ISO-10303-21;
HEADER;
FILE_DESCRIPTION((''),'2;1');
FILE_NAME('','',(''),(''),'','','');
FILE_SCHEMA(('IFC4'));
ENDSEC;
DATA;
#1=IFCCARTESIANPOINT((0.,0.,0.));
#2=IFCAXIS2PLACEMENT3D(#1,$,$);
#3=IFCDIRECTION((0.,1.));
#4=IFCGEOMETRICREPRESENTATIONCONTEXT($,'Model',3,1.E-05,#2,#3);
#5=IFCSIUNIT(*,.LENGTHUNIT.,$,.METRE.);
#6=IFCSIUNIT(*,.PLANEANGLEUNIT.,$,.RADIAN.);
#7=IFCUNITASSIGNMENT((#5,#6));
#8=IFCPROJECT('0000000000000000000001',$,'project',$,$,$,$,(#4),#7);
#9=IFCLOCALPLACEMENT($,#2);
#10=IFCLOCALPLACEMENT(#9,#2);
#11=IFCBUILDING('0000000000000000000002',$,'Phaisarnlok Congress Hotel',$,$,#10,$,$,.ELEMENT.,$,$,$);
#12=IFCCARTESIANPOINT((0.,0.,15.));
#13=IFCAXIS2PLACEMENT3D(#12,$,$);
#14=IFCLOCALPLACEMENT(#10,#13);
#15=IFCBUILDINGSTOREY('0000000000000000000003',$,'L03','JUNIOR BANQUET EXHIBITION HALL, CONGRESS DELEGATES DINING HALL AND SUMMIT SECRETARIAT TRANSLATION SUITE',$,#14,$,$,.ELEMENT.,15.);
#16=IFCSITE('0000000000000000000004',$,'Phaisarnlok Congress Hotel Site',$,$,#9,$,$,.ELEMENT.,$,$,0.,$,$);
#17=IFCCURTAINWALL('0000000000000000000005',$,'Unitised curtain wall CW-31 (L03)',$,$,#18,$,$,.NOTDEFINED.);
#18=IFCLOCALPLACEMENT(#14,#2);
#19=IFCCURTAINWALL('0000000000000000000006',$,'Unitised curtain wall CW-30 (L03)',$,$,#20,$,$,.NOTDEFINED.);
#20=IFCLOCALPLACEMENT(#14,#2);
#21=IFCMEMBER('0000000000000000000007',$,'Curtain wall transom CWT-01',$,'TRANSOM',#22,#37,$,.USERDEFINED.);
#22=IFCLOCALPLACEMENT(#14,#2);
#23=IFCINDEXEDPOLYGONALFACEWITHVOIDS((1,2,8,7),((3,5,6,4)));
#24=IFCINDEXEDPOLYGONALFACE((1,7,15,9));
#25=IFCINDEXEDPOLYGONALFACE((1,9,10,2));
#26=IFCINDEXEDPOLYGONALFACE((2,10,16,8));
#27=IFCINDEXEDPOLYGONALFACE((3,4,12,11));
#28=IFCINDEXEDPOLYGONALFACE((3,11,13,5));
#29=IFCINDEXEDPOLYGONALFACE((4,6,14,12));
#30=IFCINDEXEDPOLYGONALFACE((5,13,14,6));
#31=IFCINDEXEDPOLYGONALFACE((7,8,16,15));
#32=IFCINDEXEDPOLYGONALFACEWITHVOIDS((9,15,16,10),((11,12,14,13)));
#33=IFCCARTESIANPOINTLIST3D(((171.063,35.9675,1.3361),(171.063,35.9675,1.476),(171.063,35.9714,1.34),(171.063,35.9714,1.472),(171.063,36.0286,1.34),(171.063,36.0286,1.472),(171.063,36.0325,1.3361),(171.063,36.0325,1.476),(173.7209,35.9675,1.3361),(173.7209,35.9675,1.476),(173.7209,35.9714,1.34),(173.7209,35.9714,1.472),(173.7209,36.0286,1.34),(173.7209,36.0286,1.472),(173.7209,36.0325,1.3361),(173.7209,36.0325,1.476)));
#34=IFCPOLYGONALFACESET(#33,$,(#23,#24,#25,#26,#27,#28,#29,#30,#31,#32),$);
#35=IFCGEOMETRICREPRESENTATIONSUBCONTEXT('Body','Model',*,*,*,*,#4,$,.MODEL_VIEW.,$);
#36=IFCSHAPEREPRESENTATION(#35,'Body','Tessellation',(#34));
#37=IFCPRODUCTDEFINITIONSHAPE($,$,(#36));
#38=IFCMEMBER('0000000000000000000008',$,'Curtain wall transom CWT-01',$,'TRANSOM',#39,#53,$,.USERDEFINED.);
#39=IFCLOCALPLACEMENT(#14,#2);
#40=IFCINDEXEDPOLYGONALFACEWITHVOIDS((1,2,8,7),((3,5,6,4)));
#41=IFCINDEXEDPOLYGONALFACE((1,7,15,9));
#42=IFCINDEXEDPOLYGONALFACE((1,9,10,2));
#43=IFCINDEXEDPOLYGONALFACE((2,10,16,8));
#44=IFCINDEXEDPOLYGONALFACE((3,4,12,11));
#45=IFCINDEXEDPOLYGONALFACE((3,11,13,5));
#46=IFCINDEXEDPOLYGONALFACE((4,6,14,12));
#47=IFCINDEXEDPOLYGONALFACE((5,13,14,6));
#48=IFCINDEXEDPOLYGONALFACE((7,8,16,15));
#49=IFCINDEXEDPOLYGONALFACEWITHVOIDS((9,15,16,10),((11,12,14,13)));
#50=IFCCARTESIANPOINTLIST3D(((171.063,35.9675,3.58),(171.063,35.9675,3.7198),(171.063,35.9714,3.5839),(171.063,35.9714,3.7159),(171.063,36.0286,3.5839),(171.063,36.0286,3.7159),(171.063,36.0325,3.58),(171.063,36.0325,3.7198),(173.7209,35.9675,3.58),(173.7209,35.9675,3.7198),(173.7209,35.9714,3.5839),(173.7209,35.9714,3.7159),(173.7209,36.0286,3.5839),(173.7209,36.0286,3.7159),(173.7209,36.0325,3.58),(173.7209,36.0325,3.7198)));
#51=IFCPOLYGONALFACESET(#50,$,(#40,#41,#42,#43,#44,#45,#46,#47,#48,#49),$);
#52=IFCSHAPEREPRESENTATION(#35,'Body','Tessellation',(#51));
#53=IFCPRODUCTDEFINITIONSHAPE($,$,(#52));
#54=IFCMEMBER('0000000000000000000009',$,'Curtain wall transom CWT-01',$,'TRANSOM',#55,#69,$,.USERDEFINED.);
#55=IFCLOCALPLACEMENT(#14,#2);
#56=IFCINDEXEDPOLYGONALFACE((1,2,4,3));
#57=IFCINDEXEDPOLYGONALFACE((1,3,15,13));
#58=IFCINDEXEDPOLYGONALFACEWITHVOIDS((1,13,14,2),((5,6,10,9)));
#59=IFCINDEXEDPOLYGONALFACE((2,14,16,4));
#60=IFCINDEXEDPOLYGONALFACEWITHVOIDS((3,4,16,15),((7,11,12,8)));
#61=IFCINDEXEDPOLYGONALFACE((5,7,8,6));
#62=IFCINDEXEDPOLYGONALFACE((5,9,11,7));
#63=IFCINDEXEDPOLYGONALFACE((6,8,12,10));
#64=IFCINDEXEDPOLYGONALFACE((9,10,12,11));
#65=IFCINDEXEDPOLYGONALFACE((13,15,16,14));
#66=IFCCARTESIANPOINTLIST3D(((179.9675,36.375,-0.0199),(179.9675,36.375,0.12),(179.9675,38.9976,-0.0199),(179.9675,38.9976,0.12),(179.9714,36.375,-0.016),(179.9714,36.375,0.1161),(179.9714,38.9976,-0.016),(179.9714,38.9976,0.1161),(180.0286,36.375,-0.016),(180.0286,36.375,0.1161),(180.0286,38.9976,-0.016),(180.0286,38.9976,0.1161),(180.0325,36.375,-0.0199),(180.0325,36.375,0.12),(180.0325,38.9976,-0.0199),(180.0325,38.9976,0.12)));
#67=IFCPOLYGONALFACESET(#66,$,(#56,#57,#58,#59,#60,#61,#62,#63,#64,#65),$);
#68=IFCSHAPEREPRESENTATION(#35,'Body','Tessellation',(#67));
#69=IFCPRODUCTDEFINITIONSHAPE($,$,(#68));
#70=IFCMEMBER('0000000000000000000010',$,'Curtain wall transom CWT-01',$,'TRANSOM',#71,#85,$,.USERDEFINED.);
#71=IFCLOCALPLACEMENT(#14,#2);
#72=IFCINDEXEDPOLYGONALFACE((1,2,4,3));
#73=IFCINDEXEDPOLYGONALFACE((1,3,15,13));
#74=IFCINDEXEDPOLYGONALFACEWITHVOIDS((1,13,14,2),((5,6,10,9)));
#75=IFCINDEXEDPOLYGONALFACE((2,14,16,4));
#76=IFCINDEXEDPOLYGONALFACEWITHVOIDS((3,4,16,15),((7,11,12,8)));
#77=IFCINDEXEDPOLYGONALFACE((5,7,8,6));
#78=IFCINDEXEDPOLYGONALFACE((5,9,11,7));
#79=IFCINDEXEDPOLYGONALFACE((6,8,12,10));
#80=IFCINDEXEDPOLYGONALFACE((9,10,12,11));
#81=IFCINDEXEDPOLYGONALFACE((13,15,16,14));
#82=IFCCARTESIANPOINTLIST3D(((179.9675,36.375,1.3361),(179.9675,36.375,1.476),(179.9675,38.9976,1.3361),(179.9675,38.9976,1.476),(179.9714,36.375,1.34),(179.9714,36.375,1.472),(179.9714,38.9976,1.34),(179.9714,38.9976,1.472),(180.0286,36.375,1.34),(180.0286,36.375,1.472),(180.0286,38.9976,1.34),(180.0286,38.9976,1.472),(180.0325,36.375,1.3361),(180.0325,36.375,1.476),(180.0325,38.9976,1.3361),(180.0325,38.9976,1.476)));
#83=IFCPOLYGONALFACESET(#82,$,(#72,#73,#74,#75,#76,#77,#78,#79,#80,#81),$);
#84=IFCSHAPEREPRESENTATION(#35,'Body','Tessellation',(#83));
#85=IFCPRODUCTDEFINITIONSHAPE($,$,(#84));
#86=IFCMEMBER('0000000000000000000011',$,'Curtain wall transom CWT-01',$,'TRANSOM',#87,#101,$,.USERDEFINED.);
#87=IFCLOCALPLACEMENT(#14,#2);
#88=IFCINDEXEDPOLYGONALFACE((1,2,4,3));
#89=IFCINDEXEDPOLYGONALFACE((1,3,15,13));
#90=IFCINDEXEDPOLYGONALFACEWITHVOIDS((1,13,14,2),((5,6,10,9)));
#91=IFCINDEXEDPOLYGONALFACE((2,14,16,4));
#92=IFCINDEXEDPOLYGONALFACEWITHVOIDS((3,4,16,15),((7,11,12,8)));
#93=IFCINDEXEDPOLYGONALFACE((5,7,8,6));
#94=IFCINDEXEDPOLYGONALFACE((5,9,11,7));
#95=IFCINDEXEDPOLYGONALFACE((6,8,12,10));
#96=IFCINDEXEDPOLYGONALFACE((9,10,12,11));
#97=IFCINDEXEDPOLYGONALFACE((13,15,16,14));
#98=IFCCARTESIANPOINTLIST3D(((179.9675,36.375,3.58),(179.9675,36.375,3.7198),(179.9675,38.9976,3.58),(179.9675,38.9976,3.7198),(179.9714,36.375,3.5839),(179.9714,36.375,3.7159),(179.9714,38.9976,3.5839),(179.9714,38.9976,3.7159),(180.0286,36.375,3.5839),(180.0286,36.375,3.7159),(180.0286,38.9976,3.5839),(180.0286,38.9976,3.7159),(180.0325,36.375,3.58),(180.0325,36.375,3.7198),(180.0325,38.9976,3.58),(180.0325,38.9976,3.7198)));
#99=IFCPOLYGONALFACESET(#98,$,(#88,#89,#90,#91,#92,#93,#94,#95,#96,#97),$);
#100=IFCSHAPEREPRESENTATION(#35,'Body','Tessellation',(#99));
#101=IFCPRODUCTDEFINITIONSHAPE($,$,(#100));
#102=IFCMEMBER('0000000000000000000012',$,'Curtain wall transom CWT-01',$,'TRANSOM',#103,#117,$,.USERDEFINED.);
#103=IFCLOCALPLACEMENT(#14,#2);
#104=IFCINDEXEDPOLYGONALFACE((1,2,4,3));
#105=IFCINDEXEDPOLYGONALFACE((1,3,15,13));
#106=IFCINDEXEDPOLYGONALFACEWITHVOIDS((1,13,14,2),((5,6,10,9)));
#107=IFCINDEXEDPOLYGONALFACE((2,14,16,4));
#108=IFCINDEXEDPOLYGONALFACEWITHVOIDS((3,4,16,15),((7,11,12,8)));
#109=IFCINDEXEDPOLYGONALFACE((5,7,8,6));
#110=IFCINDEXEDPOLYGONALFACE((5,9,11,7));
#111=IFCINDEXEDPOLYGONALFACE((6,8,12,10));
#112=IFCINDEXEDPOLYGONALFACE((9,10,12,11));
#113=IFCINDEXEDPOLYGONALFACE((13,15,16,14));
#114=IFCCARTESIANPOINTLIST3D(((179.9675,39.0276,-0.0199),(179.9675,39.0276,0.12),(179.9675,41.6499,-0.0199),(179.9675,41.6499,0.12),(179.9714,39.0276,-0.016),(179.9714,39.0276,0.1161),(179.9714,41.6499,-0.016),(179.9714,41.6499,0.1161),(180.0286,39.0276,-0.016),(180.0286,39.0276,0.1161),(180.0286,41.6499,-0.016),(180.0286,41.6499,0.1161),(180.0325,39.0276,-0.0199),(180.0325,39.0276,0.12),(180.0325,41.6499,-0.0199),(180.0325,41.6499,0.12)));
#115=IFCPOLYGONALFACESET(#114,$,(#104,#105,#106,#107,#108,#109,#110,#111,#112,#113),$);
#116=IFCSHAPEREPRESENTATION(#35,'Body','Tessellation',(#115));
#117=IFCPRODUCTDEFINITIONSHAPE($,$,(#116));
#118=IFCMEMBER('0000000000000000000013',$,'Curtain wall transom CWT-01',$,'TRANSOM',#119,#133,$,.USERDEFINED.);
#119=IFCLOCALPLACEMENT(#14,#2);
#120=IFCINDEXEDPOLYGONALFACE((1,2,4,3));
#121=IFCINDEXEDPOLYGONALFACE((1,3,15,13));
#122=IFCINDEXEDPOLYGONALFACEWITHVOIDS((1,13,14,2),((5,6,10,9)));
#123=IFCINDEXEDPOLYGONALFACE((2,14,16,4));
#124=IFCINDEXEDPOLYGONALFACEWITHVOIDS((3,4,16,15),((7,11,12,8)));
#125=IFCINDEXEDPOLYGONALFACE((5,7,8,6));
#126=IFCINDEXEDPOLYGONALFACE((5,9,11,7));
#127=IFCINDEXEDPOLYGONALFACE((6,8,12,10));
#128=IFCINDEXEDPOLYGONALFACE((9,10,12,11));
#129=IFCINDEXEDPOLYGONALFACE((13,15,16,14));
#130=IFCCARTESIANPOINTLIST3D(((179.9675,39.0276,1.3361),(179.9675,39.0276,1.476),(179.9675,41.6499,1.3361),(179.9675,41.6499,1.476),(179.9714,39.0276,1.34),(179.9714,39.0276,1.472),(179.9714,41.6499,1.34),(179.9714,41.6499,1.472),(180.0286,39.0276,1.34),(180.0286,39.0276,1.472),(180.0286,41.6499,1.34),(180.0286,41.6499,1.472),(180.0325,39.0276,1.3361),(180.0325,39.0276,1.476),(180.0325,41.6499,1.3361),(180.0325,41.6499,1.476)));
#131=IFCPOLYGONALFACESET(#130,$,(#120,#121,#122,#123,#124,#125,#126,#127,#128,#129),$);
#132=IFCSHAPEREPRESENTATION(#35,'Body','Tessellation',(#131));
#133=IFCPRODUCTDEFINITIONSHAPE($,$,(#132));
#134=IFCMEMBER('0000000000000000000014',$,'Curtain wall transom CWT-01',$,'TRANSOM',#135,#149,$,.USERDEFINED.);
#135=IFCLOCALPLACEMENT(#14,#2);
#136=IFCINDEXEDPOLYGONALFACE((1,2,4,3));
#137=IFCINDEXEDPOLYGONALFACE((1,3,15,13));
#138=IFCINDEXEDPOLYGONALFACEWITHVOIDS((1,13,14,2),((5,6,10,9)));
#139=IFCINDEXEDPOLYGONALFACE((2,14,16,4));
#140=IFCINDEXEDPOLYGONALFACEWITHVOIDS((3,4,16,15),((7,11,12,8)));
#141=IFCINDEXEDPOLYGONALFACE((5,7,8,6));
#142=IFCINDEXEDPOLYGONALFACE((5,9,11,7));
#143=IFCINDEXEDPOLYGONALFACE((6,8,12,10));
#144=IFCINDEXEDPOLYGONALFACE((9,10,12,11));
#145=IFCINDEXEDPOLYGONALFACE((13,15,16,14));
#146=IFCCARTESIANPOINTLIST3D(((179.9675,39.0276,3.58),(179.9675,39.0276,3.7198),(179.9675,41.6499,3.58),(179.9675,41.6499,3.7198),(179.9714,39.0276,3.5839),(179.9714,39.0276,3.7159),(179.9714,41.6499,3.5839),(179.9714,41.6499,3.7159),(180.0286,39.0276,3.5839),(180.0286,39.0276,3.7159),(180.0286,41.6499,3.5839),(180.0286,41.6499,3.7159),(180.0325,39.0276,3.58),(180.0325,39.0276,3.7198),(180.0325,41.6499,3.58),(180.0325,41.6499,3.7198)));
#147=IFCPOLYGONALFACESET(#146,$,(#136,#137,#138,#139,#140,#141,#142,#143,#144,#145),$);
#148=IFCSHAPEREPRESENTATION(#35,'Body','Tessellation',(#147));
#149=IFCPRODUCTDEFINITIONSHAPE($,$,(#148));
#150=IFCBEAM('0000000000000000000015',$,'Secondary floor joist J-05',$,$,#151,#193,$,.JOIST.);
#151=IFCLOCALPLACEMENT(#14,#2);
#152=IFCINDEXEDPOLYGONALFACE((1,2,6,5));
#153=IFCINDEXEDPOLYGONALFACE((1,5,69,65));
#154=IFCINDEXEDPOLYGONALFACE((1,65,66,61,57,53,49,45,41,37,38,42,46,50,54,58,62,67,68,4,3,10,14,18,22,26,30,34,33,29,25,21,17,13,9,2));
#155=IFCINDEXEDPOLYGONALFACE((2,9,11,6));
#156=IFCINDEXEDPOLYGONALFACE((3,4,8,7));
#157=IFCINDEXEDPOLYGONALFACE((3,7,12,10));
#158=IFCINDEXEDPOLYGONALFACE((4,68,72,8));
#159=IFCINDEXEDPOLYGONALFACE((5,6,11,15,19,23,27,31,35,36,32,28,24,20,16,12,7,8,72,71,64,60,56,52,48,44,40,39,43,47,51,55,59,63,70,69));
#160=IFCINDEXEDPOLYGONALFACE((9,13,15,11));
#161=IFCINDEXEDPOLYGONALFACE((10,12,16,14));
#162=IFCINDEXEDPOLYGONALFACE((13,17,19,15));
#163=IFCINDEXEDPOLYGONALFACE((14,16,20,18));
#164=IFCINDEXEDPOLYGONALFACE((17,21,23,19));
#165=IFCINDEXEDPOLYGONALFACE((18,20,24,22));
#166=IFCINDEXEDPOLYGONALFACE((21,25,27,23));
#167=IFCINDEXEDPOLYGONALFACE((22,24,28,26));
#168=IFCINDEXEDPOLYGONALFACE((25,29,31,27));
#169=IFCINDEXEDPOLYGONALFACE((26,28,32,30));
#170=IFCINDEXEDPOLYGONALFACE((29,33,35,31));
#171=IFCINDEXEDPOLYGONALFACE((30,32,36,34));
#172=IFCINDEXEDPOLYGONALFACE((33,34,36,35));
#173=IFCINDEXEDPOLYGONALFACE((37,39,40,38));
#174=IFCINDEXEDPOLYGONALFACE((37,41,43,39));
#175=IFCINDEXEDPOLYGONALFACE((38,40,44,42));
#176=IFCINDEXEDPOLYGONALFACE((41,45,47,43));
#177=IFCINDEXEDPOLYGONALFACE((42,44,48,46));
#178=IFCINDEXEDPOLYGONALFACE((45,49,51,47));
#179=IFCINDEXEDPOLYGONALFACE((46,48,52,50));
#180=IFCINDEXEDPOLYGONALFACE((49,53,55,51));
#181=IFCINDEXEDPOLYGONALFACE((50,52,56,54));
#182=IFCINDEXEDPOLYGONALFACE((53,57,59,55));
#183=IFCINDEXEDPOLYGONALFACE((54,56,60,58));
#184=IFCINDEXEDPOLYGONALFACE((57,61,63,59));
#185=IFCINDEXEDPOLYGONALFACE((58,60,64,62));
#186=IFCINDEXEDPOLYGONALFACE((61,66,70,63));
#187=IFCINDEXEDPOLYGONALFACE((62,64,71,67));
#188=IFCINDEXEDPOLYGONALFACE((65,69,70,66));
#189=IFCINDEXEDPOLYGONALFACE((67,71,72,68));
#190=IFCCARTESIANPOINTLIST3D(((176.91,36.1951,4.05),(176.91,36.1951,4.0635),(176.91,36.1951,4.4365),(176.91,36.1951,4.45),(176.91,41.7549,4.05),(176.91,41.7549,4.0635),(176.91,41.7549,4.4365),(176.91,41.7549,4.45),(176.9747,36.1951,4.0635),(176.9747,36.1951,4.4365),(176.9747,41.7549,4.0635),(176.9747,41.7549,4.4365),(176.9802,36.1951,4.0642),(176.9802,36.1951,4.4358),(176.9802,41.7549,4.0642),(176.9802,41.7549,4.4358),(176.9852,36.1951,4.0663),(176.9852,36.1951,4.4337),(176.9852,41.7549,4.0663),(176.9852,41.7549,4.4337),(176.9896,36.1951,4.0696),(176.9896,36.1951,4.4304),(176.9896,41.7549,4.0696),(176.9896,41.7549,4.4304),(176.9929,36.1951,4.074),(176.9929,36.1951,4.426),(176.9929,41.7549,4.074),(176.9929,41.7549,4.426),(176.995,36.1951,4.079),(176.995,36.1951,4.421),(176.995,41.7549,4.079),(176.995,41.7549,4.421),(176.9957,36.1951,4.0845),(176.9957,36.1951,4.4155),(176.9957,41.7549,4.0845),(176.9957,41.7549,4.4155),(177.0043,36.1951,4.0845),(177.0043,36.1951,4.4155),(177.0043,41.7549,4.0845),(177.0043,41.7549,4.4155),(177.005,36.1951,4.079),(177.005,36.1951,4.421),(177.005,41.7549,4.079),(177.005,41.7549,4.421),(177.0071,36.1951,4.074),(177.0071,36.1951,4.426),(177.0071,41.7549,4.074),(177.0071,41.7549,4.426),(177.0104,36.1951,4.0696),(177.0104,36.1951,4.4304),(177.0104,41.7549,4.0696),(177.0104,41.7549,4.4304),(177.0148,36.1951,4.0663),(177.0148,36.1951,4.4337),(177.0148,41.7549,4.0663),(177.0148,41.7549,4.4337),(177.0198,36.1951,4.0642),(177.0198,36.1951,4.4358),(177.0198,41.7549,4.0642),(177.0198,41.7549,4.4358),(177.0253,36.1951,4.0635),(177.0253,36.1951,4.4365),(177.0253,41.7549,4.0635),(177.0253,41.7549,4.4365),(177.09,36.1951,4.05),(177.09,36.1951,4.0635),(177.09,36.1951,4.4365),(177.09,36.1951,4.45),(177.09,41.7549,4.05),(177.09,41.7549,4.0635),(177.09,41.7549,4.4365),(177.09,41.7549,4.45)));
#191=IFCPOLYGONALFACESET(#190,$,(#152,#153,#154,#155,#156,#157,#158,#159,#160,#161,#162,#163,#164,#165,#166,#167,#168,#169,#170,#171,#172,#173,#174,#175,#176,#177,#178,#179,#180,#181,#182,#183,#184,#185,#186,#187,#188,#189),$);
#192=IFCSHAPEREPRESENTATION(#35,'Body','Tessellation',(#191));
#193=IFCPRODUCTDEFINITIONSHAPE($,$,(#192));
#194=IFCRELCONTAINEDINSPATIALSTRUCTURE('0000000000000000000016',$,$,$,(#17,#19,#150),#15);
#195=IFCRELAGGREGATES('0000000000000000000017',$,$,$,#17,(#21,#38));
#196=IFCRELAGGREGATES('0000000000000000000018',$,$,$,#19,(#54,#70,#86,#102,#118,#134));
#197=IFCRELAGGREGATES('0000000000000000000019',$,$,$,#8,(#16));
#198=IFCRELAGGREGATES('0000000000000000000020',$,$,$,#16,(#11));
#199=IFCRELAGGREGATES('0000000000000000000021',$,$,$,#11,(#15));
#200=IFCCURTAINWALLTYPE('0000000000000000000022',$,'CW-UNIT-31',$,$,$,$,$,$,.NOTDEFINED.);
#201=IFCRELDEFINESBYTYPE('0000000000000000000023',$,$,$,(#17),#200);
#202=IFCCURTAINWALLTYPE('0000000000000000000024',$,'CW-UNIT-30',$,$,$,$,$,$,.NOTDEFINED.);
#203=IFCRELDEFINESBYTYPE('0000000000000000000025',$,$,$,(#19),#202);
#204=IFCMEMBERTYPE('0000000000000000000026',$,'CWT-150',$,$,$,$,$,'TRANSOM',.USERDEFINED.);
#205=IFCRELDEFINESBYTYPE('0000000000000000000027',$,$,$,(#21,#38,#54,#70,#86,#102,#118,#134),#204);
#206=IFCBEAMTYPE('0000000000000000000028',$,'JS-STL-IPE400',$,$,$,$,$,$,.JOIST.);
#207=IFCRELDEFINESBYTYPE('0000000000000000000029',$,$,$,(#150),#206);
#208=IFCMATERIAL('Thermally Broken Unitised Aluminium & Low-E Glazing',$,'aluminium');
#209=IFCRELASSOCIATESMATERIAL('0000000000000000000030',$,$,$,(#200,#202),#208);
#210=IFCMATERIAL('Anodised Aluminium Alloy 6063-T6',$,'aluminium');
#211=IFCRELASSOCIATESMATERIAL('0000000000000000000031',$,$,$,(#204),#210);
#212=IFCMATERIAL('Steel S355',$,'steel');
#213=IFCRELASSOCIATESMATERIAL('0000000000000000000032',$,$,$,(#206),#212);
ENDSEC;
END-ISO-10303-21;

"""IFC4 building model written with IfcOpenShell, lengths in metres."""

from ifc_helpers import new_model, si_unit, direction, frame, origin, origin_2d, place, context, subcontext, project, spatial, hollow_rectangle, i_section, extrude, material, material_profile, profile_set, type_object, element, aggregate, save


model = new_model("IFC4")

# Units and contexts
model_context = context("Model", 3, precision=1e-05, world=origin(), true_north=direction((0.0, 1.0)))
body_context = subcontext(model_context, "Body", "Model", "MODEL_VIEW")
ifc_project = project(units=[si_unit("LENGTHUNIT", "METRE"), si_unit("PLANEANGLEUNIT", "RADIAN")], contexts=[model_context])

# Site, building, storey
site_placement = place(None, origin())
site = spatial("IfcSite", under=ifc_project, at=site_placement, Name="Phaisarnlok Congress Hotel Site", CompositionType="ELEMENT", RefElevation=0.0)
building_placement = place(site_placement, origin())
building = spatial("IfcBuilding", under=site, at=building_placement, Name="Phaisarnlok Congress Hotel", CompositionType="ELEMENT")
storey_placement = place(building_placement, frame((0.0, 0.0, 15.0)))
storey = spatial("IfcBuildingStorey", under=building, at=storey_placement, Name="L03", Description="JUNIOR BANQUET EXHIBITION HALL, CONGRESS DELEGATES DINING HALL AND SUMMIT SECRETARIAT TRANSLATION SUITE", CompositionType="ELEMENT", Elevation=15.0)

# Shared definitions
ifc_material_1 = material(Name="Steel S355", Category="steel")

# Curtain wall
ifc_material_2 = material(Name="Thermally Broken Unitised Aluminium & Low-E Glazing", Category="aluminium")
curtain_wall_type_1 = type_object("IfcCurtainWallType", Name="CW-UNIT-31", PredefinedType="NOTDEFINED", material=ifc_material_2)
curtain_wall_1_placement = place(storey_placement, origin())
curtain_wall_1 = element("IfcCurtainWall", 1, at=curtain_wall_1_placement, inside=storey, type_object=curtain_wall_type_1, Name="Unitised curtain wall CW-31 (L03)", PredefinedType="NOTDEFINED")
ifc_material_3 = material(Name="Anodised Aluminium Alloy 6063-T6", Category="aluminium")

# Curtain wall
curtain_wall_type_2 = type_object("IfcCurtainWallType", Name="CW-UNIT-30", PredefinedType="NOTDEFINED", material=ifc_material_2)
curtain_wall_2_placement = place(storey_placement, origin())
curtain_wall_2 = element("IfcCurtainWall", 2, at=curtain_wall_2_placement, inside=storey, type_object=curtain_wall_type_2, Name="Unitised curtain wall CW-30 (L03)", PredefinedType="NOTDEFINED")

# Members
ifc_material_profile_1 = material_profile(ifc_material_3, hollow_rectangle(XDim=0.0649, YDim=0.1399, WallThickness=0.0039, at=origin_2d()), Name="ALU-T 65x140x4")
ifc_profile_set_1 = profile_set([ifc_material_profile_1], Name="Anodised Aluminium Alloy 6063-T6")
member_type_1 = type_object("IfcMemberType", Name="CWT-150", ElementType="TRANSOM", PredefinedType="USERDEFINED", material=ifc_profile_set_1)
member_1_placement = place(storey_placement, frame((171.063, 36.0, 1.406), z_axis=(1.0, 0.0, 0.0), x_axis=(0.0, 1.0, 0.0)))
member_1 = element("IfcMember", 3, at=member_1_placement, type_object=member_type_1, Name="Curtain wall transom CWT-01", ObjectType="TRANSOM", PredefinedType="USERDEFINED", context=body_context, shape_type="SweptSolid", body=[
    extrude(hollow_rectangle(XDim=0.0649, YDim=0.1399, WallThickness=0.0039, at=origin_2d()), origin(), (0.0, 0.0, 1.0), 2.658),
])
member_2_placement = place(storey_placement, frame((171.063, 36.0, 3.6499), z_axis=(1.0, 0.0, 0.0), x_axis=(0.0, 1.0, 0.0)))
member_2 = element("IfcMember", 4, at=member_2_placement, type_object=member_type_1, Name="Curtain wall transom CWT-01", ObjectType="TRANSOM", PredefinedType="USERDEFINED", context=body_context, shape_type="SweptSolid", body=[
    extrude(hollow_rectangle(XDim=0.0649, YDim=0.1399, WallThickness=0.0039, at=origin_2d()), origin(), (0.0, 0.0, 1.0), 2.658),
])
member_3_placement = place(storey_placement, frame((180.0, 36.375, 0.05), z_axis=(0.0, 1.0, 0.0), x_axis=(-1.0, 0.0, 0.0)))
member_3 = element("IfcMember", 5, at=member_3_placement, type_object=member_type_1, Name="Curtain wall transom CWT-01", ObjectType="TRANSOM", PredefinedType="USERDEFINED", context=body_context, shape_type="SweptSolid", body=[
    extrude(hollow_rectangle(XDim=0.0649, YDim=0.1399, WallThickness=0.0039, at=origin_2d()), origin(), (0.0, 0.0, 1.0), 2.6226),
])
member_4_placement = place(storey_placement, frame((180.0, 36.375, 1.406), z_axis=(0.0, 1.0, 0.0), x_axis=(-1.0, 0.0, 0.0)))
member_4 = element("IfcMember", 6, at=member_4_placement, type_object=member_type_1, Name="Curtain wall transom CWT-01", ObjectType="TRANSOM", PredefinedType="USERDEFINED", context=body_context, shape_type="SweptSolid", body=[
    extrude(hollow_rectangle(XDim=0.0649, YDim=0.1399, WallThickness=0.0039, at=origin_2d()), origin(), (0.0, 0.0, 1.0), 2.6226),
])
member_5_placement = place(storey_placement, frame((180.0, 36.375, 3.6499), z_axis=(0.0, 1.0, 0.0), x_axis=(-1.0, 0.0, 0.0)))
member_5 = element("IfcMember", 7, at=member_5_placement, type_object=member_type_1, Name="Curtain wall transom CWT-01", ObjectType="TRANSOM", PredefinedType="USERDEFINED", context=body_context, shape_type="SweptSolid", body=[
    extrude(hollow_rectangle(XDim=0.0649, YDim=0.1399, WallThickness=0.0039, at=origin_2d()), origin(), (0.0, 0.0, 1.0), 2.6226),
])
member_6_placement = place(storey_placement, frame((180.0, 39.0276, 0.05), z_axis=(0.0, 1.0, 0.0), x_axis=(-1.0, 0.0, 0.0)))
member_6 = element("IfcMember", 8, at=member_6_placement, type_object=member_type_1, Name="Curtain wall transom CWT-01", ObjectType="TRANSOM", PredefinedType="USERDEFINED", context=body_context, shape_type="SweptSolid", body=[
    extrude(hollow_rectangle(XDim=0.0649, YDim=0.1399, WallThickness=0.0039, at=origin_2d()), origin(), (0.0, 0.0, 1.0), 2.6223),
])
member_7_placement = place(storey_placement, frame((180.0, 39.0276, 1.406), z_axis=(0.0, 1.0, 0.0), x_axis=(-1.0, 0.0, 0.0)))
member_7 = element("IfcMember", 9, at=member_7_placement, type_object=member_type_1, Name="Curtain wall transom CWT-01", ObjectType="TRANSOM", PredefinedType="USERDEFINED", context=body_context, shape_type="SweptSolid", body=[
    extrude(hollow_rectangle(XDim=0.0649, YDim=0.1399, WallThickness=0.0039, at=origin_2d()), origin(), (0.0, 0.0, 1.0), 2.6223),
])
member_8_placement = place(storey_placement, frame((180.0, 39.0276, 3.6499), z_axis=(0.0, 1.0, 0.0), x_axis=(-1.0, 0.0, 0.0)))
member_8 = element("IfcMember", 10, at=member_8_placement, type_object=member_type_1, Name="Curtain wall transom CWT-01", ObjectType="TRANSOM", PredefinedType="USERDEFINED", context=body_context, shape_type="SweptSolid", body=[
    extrude(hollow_rectangle(XDim=0.0649, YDim=0.1399, WallThickness=0.0039, at=origin_2d()), origin(), (0.0, 0.0, 1.0), 2.6223),
])

# Beam
ifc_material_profile_2 = material_profile(ifc_material_1, i_section(OverallWidth=0.1799, OverallDepth=0.3999, WebThickness=0.0085, FlangeThickness=0.0134, FilletRadius=0.021, at=origin_2d()), Name="IPE 400")
ifc_profile_set_2 = profile_set([ifc_material_profile_2], Name="Steel S355")
beam_type_1 = type_object("IfcBeamType", Name="JS-STL-IPE400", PredefinedType="JOIST", material=ifc_profile_set_2)
beam_1_placement = place(storey_placement, frame((177.0, 36.1951, 4.25), z_axis=(0.0, 1.0, 0.0), x_axis=(-1.0, 0.0, 0.0)))
element("IfcBeam", 11, at=beam_1_placement, inside=storey, type_object=beam_type_1, Name="Secondary floor joist J-05", PredefinedType="JOIST", context=body_context, shape_type="SweptSolid", body=[
    extrude(i_section(OverallWidth=0.1799, OverallDepth=0.3999, WebThickness=0.0085, FlangeThickness=0.0134, FilletRadius=0.021, at=origin_2d()), origin(), (0.0, 0.0, 1.0), 5.5598),
])

aggregate(curtain_wall_1, [member_1, member_2])
aggregate(curtain_wall_2, [member_3, member_4, member_5, member_6, member_7, member_8])

save(model, "model.ifc")
